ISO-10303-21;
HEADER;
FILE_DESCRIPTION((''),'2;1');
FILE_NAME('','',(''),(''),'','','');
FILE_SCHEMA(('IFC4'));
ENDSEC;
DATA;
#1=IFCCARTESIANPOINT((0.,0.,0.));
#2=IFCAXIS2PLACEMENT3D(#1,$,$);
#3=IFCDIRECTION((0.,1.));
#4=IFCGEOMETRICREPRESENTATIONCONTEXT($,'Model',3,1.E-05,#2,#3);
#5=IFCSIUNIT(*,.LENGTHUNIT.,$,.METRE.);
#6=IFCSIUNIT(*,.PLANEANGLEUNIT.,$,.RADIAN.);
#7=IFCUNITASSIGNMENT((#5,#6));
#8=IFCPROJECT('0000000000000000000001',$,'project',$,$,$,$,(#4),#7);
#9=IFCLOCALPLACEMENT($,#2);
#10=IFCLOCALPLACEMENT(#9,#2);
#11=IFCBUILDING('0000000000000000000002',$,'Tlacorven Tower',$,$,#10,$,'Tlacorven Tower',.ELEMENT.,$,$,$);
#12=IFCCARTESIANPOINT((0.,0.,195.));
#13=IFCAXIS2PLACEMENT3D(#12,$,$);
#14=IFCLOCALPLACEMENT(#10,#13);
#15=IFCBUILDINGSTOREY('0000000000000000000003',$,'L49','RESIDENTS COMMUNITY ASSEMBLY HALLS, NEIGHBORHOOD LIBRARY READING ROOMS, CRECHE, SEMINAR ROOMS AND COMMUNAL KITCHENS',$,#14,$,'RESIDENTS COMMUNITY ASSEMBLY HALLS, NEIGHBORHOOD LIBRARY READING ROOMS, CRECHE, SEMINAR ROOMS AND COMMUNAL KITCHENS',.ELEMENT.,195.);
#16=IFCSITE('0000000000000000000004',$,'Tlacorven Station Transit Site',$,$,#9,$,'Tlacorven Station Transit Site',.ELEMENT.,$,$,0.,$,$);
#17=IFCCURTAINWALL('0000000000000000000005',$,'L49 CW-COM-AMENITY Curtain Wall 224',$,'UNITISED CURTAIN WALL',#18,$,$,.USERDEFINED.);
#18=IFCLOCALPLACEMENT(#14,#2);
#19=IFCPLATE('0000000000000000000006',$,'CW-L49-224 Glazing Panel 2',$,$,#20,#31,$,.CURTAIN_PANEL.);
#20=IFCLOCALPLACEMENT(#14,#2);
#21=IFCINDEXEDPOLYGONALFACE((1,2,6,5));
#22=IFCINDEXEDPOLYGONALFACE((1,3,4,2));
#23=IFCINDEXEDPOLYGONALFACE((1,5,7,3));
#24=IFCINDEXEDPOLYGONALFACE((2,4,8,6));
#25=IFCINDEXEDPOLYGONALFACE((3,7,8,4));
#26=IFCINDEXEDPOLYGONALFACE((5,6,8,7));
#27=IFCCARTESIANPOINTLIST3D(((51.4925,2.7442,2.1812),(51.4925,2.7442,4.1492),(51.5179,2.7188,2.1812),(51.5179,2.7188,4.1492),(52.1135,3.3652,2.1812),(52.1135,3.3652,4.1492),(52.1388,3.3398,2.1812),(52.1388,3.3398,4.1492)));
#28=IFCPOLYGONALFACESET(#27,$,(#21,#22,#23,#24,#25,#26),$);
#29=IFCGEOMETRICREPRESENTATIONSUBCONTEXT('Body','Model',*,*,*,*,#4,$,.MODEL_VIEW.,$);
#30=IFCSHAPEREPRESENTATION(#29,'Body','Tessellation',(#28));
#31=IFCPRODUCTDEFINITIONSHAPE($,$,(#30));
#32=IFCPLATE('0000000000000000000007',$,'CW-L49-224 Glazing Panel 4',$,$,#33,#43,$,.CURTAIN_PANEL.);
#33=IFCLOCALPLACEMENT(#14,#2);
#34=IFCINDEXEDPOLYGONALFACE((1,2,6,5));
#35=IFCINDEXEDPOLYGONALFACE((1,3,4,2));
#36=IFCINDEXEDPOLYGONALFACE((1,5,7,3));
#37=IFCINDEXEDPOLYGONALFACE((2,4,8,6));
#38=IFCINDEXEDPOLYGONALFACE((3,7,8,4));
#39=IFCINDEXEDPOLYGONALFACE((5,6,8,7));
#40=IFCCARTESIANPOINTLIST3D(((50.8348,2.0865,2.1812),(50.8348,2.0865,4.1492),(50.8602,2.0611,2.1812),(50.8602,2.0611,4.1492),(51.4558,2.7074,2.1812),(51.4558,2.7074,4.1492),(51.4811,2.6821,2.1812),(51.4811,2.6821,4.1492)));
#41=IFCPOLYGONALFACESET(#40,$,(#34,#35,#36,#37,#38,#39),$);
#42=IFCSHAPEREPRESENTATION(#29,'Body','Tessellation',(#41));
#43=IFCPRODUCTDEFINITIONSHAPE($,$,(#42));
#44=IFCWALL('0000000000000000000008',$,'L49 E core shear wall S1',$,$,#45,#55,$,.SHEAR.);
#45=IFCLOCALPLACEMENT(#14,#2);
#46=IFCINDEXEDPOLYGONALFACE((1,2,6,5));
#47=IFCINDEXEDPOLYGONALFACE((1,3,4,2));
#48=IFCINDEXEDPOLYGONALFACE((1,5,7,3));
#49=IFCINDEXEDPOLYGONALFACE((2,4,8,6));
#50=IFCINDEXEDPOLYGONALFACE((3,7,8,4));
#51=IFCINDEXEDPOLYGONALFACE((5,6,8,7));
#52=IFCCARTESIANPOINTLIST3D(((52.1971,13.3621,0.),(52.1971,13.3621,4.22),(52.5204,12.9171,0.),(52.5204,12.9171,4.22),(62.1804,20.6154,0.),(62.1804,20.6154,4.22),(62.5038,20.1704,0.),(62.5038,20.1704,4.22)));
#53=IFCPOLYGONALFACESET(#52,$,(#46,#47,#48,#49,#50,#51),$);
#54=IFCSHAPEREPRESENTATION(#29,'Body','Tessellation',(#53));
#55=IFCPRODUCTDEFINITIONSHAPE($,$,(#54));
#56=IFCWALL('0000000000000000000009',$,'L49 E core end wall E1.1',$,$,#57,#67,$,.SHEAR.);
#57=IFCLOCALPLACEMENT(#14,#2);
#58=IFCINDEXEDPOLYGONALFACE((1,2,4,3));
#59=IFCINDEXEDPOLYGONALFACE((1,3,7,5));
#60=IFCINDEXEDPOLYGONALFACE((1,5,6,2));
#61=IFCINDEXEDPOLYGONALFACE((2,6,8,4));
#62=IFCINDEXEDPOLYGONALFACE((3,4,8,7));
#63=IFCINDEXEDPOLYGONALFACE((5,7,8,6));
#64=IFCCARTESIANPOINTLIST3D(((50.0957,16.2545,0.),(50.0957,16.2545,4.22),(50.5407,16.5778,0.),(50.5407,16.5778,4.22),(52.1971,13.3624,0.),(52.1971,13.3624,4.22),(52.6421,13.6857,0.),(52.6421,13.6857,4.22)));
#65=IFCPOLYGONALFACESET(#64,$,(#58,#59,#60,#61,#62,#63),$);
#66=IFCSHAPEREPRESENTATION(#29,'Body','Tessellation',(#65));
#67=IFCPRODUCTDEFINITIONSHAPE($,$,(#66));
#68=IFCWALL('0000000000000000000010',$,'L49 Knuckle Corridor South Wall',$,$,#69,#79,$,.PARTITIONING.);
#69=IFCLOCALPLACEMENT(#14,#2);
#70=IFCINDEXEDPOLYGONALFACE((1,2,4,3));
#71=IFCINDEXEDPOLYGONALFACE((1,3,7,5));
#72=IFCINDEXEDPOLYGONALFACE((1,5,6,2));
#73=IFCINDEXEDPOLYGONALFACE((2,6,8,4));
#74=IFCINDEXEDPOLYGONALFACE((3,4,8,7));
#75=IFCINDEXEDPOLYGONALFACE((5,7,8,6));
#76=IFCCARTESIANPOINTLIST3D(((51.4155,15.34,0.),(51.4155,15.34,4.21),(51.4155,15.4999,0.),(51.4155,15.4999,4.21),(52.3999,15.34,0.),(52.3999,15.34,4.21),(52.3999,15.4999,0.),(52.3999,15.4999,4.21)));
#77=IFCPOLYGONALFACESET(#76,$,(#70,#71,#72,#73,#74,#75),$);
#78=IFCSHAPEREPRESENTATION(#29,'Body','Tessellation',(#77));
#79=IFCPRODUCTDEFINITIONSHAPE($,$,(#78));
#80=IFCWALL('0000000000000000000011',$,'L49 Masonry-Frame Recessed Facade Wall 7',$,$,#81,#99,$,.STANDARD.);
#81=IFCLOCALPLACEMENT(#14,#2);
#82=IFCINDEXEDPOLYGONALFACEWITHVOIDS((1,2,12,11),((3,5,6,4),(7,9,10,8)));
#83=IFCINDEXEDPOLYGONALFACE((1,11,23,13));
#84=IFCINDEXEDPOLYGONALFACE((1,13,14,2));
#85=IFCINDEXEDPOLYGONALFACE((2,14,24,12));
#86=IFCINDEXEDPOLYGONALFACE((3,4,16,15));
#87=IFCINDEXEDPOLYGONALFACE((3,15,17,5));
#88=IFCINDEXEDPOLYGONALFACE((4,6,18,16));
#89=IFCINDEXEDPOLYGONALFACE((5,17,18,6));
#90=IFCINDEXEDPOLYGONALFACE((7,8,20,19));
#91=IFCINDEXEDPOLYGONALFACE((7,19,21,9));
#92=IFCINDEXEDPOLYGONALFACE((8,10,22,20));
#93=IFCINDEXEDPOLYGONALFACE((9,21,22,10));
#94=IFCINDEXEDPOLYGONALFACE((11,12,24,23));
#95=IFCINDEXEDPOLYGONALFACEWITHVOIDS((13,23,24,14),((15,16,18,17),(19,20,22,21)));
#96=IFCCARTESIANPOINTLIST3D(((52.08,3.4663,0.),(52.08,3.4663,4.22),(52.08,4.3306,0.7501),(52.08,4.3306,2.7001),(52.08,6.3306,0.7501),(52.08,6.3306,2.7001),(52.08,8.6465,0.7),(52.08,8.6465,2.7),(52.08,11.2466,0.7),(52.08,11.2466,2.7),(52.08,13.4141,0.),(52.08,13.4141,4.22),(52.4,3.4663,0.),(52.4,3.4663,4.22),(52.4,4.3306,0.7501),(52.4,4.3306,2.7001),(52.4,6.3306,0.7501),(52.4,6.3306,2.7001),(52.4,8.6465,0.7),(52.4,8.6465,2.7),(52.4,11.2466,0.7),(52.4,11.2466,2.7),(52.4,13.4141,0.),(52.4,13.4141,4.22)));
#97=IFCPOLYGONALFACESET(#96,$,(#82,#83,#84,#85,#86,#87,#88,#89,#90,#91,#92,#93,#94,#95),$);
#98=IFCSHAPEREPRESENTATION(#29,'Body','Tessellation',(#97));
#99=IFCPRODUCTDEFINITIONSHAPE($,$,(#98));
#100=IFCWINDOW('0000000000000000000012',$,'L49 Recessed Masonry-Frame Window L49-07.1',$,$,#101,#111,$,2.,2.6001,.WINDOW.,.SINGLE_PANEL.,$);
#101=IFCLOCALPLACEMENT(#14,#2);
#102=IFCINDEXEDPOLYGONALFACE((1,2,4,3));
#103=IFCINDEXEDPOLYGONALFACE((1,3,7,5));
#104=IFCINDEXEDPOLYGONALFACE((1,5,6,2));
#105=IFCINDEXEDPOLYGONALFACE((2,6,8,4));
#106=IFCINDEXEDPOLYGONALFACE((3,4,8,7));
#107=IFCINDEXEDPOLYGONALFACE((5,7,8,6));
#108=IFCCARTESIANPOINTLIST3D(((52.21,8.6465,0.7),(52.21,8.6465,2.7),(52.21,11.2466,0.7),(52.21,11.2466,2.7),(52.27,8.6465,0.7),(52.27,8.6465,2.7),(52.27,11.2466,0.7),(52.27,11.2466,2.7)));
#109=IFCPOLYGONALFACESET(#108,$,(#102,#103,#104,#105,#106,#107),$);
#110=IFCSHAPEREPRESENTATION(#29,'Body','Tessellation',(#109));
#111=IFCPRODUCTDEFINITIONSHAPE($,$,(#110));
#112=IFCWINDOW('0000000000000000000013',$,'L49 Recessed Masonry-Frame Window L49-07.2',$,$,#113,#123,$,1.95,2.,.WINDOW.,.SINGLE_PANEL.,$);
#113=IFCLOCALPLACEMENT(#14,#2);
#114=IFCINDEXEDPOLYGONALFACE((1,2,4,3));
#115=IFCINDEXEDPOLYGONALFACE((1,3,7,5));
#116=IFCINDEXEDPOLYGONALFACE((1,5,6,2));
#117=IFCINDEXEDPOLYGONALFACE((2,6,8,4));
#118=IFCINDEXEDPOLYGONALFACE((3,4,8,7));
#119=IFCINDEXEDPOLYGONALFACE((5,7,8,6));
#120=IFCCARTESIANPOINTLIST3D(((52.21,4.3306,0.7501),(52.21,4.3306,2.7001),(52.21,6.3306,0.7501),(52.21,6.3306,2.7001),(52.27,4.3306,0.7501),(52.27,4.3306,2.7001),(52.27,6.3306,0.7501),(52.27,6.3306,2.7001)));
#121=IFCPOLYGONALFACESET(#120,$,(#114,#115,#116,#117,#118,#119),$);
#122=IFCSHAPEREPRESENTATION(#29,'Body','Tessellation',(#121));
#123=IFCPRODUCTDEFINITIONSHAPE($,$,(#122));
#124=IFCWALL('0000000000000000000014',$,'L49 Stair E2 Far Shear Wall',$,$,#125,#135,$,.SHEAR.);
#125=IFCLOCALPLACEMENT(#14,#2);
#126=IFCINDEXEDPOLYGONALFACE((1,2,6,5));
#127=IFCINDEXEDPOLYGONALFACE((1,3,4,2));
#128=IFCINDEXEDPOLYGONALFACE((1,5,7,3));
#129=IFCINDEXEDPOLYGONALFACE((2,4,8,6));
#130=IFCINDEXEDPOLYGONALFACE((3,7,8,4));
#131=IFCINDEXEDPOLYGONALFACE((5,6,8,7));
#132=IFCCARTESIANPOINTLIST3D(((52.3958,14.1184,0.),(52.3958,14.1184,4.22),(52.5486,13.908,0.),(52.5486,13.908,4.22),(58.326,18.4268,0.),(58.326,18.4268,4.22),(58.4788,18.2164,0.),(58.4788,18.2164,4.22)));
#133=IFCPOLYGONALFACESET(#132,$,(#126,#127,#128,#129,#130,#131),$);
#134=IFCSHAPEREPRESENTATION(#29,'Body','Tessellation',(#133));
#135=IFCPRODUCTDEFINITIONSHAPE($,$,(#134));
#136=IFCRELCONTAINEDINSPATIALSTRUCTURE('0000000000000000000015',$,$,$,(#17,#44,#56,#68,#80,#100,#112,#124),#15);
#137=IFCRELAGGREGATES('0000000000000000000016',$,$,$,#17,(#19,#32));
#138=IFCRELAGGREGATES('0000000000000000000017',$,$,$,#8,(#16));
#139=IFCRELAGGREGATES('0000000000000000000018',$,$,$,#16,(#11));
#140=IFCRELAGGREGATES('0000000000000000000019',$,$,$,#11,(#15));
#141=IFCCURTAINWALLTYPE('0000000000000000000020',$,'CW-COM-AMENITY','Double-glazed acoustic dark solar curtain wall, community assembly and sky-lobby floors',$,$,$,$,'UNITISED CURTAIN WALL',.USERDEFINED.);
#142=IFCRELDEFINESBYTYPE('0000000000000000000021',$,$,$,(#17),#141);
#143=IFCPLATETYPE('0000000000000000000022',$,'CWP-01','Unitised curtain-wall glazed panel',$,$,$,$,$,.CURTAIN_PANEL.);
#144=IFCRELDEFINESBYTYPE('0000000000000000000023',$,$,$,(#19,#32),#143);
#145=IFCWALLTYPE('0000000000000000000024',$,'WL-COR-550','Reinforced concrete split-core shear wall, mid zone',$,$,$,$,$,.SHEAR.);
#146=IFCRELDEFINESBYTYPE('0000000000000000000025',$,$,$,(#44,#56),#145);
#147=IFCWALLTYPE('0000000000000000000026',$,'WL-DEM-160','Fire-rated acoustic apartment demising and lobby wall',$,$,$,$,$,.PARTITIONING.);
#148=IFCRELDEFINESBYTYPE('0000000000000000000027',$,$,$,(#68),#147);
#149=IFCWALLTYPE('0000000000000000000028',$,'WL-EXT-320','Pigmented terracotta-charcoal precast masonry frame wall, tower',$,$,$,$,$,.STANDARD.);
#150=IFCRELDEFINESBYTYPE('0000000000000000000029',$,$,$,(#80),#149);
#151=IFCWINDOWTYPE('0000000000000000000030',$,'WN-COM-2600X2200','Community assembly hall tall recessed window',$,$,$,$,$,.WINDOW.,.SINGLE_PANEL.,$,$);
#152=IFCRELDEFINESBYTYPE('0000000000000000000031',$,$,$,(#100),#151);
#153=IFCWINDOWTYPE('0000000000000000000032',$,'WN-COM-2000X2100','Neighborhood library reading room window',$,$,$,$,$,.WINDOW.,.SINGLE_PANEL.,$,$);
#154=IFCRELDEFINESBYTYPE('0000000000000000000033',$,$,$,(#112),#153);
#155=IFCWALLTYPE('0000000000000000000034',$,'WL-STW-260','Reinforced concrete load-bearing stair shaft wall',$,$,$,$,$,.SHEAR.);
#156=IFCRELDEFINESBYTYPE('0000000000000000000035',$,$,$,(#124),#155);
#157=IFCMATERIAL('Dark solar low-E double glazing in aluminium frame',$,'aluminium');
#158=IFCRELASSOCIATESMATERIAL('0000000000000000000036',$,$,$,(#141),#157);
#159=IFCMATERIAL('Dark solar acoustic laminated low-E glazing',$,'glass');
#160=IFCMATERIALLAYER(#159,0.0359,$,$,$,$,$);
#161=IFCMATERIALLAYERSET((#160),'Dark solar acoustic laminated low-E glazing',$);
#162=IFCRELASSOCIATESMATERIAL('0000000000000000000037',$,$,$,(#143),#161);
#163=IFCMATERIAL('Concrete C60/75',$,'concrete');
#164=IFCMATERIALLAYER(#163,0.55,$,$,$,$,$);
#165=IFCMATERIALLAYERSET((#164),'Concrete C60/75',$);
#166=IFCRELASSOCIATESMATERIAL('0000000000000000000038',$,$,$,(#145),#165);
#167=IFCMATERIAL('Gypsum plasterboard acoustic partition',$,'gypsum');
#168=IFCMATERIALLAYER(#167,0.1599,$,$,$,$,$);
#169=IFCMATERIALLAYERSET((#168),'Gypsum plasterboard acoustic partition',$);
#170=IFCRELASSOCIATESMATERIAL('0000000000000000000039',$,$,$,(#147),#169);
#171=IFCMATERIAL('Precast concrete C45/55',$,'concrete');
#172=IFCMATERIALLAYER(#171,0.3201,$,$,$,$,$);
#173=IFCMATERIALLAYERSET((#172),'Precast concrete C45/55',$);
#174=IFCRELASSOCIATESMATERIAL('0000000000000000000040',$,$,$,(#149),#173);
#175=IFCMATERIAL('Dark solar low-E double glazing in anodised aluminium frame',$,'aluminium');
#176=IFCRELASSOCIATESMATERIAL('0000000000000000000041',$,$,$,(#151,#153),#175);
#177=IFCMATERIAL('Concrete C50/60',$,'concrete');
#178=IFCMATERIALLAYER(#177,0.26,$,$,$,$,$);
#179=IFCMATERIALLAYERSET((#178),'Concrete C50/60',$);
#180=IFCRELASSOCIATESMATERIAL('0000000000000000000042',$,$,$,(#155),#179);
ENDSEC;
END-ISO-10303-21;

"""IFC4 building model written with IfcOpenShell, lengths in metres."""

from ifc_helpers import new_model, si_unit, direction, frame, frame_2d, origin, origin_2d, place, context, subcontext, project, spatial, rectangle, extrude, source, transform, mapped, material, layer, layer_set, type_object, element, fill, aggregate, save


model = new_model("IFC4")

# Units and contexts
model_context = context("Model", 3, precision=1e-05, world=origin(), true_north=direction((0.0, 1.0)))
body_context = subcontext(model_context, "Body", "Model", "MODEL_VIEW")
ifc_project = project(units=[si_unit("LENGTHUNIT", "METRE"), si_unit("PLANEANGLEUNIT", "RADIAN")], contexts=[model_context])

# Site, building, storey
site_placement = place(None, origin())
site = spatial("IfcSite", under=ifc_project, at=site_placement, Name="Tlacorven Station Transit Site", LongName="Tlacorven Station Transit Site", CompositionType="ELEMENT", RefElevation=0.0)
building_placement = place(site_placement, origin())
building = spatial("IfcBuilding", under=site, at=building_placement, Name="Tlacorven Tower", LongName="Tlacorven Tower", CompositionType="ELEMENT")
storey_placement = place(building_placement, frame((0.0, 0.0, 195.0)))
storey = spatial("IfcBuildingStorey", under=building, at=storey_placement, Name="L49", Description="RESIDENTS COMMUNITY ASSEMBLY HALLS, NEIGHBORHOOD LIBRARY READING ROOMS, CRECHE, SEMINAR ROOMS AND COMMUNAL KITCHENS", LongName="RESIDENTS COMMUNITY ASSEMBLY HALLS, NEIGHBORHOOD LIBRARY READING ROOMS, CRECHE, SEMINAR ROOMS AND COMMUNAL KITCHENS", CompositionType="ELEMENT", Elevation=195.0)

# Curtain wall, plates
ifc_material_1 = material(Name="Dark solar low-E double glazing in aluminium frame", Category="aluminium")
curtain_wall_type = type_object("IfcCurtainWallType", Name="CW-COM-AMENITY", Description="Double-glazed acoustic dark solar curtain wall, community assembly and sky-lobby floors", ElementType="UNITISED CURTAIN WALL", PredefinedType="USERDEFINED", material=ifc_material_1)
curtain_wall_placement = place(storey_placement, origin())
curtain_wall = element("IfcCurtainWall", 1, at=curtain_wall_placement, inside=storey, type_object=curtain_wall_type, Name="L49 CW-COM-AMENITY Curtain Wall 224", ObjectType="UNITISED CURTAIN WALL", PredefinedType="USERDEFINED")
ifc_material_2 = material(Name="Dark solar acoustic laminated low-E glazing", Category="glass")
ifc_layer_1 = layer(ifc_material_2, 0.0359)
ifc_layer_set_1 = layer_set([ifc_layer_1], Name="Dark solar acoustic laminated low-E glazing")
plate_type = type_object("IfcPlateType", Name="CWP-01", Description="Unitised curtain-wall glazed panel", PredefinedType="CURTAIN_PANEL", material=ifc_layer_set_1)
shared_shape_1 = source(origin(), body_context, "Body", "SweptSolid", [
    extrude(rectangle(XDim=0.8782, YDim=0.0359, at=origin_2d()), origin(), (0.0, 0.0, 1.0), 1.968),
])
plate_1_placement = place(storey_placement, frame((51.8157, 3.042, 2.1812), z_axis=(0.0, 0.0, 1.0), x_axis=(-0.707107, -0.707107, 0.0)))
plate_1 = element("IfcPlate", 2, at=plate_1_placement, type_object=plate_type, Name="CW-L49-224 Glazing Panel 2", PredefinedType="CURTAIN_PANEL", context=body_context, shape_type="MappedRepresentation", body=[
    mapped(shared_shape_1, transform((0.0, 0.0, 0.0), scale=1.0)),
])
plate_2_placement = place(storey_placement, frame((51.158, 2.3843, 2.1812), z_axis=(0.0, 0.0, 1.0), x_axis=(-0.707107, -0.707107, 0.0)))
plate_2 = element("IfcPlate", 3, at=plate_2_placement, type_object=plate_type, Name="CW-L49-224 Glazing Panel 4", PredefinedType="CURTAIN_PANEL", context=body_context, shape_type="MappedRepresentation", body=[
    mapped(shared_shape_1, transform((0.0, 0.0, 0.0), scale=1.0)),
])
aggregate(curtain_wall, [plate_1, plate_2])

# Walls
ifc_material_3 = material(Name="Concrete C60/75", Category="concrete")
ifc_layer_2 = layer(ifc_material_3, 0.55)
ifc_layer_set_2 = layer_set([ifc_layer_2], Name="Concrete C60/75")
wall_type_1 = type_object("IfcWallType", Name="WL-COR-550", Description="Reinforced concrete split-core shear wall, mid zone", PredefinedType="SHEAR", material=ifc_layer_set_2)
wall_1_placement = place(storey_placement, frame((52.3589, 13.1396, 0.0), z_axis=(0.0, 0.0, 1.0), x_axis=(0.809015, 0.587788, 0.0)))
element("IfcWall", 4, at=wall_1_placement, inside=storey, type_object=wall_type_1, Name="L49 E core shear wall S1", PredefinedType="SHEAR", context=body_context, shape_type="SweptSolid", body=[
    extrude(rectangle(XDim=12.3401, YDim=0.55, at=frame_2d((6.1699, 0.0))), origin(), (0.0, 0.0, 1.0), 4.22),
])
wall_2_placement = place(storey_placement, frame((52.4197, 13.5239, 0.0), z_axis=(0.0, 0.0, 1.0), x_axis=(-0.587802, 0.809005, 0.0)))
element("IfcWall", 5, at=wall_2_placement, inside=storey, type_object=wall_type_1, Name="L49 E core end wall E1.1", PredefinedType="SHEAR", context=body_context, shape_type="SweptSolid", body=[
    extrude(rectangle(XDim=3.575, YDim=0.55, at=frame_2d((1.7876, 0.0))), origin(), (0.0, 0.0, 1.0), 4.22),
])
ifc_material_4 = material(Name="Gypsum plasterboard acoustic partition", Category="gypsum")
ifc_layer_3 = layer(ifc_material_4, 0.1599)
ifc_layer_set_3 = layer_set([ifc_layer_3], Name="Gypsum plasterboard acoustic partition")
wall_type_2 = type_object("IfcWallType", Name="WL-DEM-160", Description="Fire-rated acoustic apartment demising and lobby wall", PredefinedType="PARTITIONING", material=ifc_layer_set_3)
wall_3_placement = place(storey_placement, frame((51.4155, 15.4199, 0.0), z_axis=(0.0, 0.0, 1.0), x_axis=(1.0, 0.0, 0.0)))
element("IfcWall", 6, at=wall_3_placement, inside=storey, type_object=wall_type_2, Name="L49 Knuckle Corridor South Wall", PredefinedType="PARTITIONING", context=body_context, shape_type="SweptSolid", body=[
    extrude(rectangle(XDim=0.9844, YDim=0.1599, at=frame_2d((0.4922, 0.0))), origin(), (0.0, 0.0, 1.0), 4.21),
])

# Wall, openings, windows
ifc_material_5 = material(Name="Precast concrete C45/55", Category="concrete")
ifc_layer_4 = layer(ifc_material_5, 0.3201)
ifc_layer_set_4 = layer_set([ifc_layer_4], Name="Precast concrete C45/55")
wall_type_3 = type_object("IfcWallType", Name="WL-EXT-320", Description="Pigmented terracotta-charcoal precast masonry frame wall, tower", PredefinedType="STANDARD", material=ifc_layer_set_4)
wall_4_placement = place(storey_placement, frame((52.24, 13.4141, 0.0), z_axis=(0.0, 0.0, 1.0), x_axis=(0.0, -1.0, 0.0)))
wall_4 = element("IfcWall", 7, at=wall_4_placement, inside=storey, type_object=wall_type_3, Name="L49 Masonry-Frame Recessed Facade Wall 7", PredefinedType="STANDARD", context=body_context, shape_type="SweptSolid", body=[
    extrude(rectangle(XDim=9.9478, YDim=0.3201, at=frame_2d((4.9739, 0.0))), origin(), (0.0, 0.0, 1.0), 4.22),
])
opening_1_placement = place(wall_4_placement, frame((2.1675, 0.0, 0.7)))
opening_1 = element("IfcOpeningElement", 8, at=opening_1_placement, cuts=wall_4, PredefinedType="OPENING", context=body_context, shape_type="SweptSolid", body=[
    extrude(rectangle(XDim=2.6001, YDim=2.0, at=frame_2d((1.3, 1.0))), frame((0.0, 0.1699, 0.0), z_axis=(0.0, -1.0, 0.0), x_axis=(1.0, 0.0, 0.0)), (0.0, 0.0, 1.0), 0.3401),
])
opening_2_placement = place(wall_4_placement, frame((7.0835, 0.0, 0.75)))
opening_2 = element("IfcOpeningElement", 9, at=opening_2_placement, cuts=wall_4, PredefinedType="OPENING", context=body_context, shape_type="SweptSolid", body=[
    extrude(rectangle(XDim=2.0, YDim=1.95, at=frame_2d((1.0, 0.9751))), frame((0.0, 0.1699, 0.0), z_axis=(0.0, -1.0, 0.0), x_axis=(1.0, 0.0, 0.0)), (0.0, 0.0, 1.0), 0.3401),
])
ifc_material_6 = material(Name="Dark solar low-E double glazing in anodised aluminium frame", Category="aluminium")
window_type_1 = type_object("IfcWindowType", Name="WN-COM-2600X2200", Description="Community assembly hall tall recessed window", PartitioningType="SINGLE_PANEL", PredefinedType="WINDOW", material=ifc_material_6)
shared_shape_2 = source(origin(), body_context, "Body", "SweptSolid", [
    extrude(rectangle(XDim=2.6001, YDim=2.0, at=frame_2d((1.3, 1.0))), frame((0.0, 0.03, 0.0), z_axis=(0.0, -1.0, 0.0), x_axis=(1.0, 0.0, 0.0)), (0.0, 0.0, 1.0), 0.0601),
])
window_1_placement = place(opening_1_placement, origin())
window_1 = element("IfcWindow", 10, at=window_1_placement, inside=storey, type_object=window_type_1, Name="L49 Recessed Masonry-Frame Window L49-07.1", OverallHeight=2.0, OverallWidth=2.6001, PartitioningType="SINGLE_PANEL", PredefinedType="WINDOW", context=body_context, shape_type="MappedRepresentation", body=[
    mapped(shared_shape_2, transform((0.0, 0.0, 0.0), scale=1.0)),
])
fill(opening_1, window_1)
window_type_2 = type_object("IfcWindowType", Name="WN-COM-2000X2100", Description="Neighborhood library reading room window", PartitioningType="SINGLE_PANEL", PredefinedType="WINDOW", material=ifc_material_6)
shared_shape_3 = source(origin(), body_context, "Body", "SweptSolid", [
    extrude(rectangle(XDim=2.0, YDim=1.95, at=frame_2d((1.0, 0.9751))), frame((0.0, 0.03, 0.0), z_axis=(0.0, -1.0, 0.0), x_axis=(1.0, 0.0, 0.0)), (0.0, 0.0, 1.0), 0.0601),
])
window_2_placement = place(opening_2_placement, origin())
window_2 = element("IfcWindow", 11, at=window_2_placement, inside=storey, type_object=window_type_2, Name="L49 Recessed Masonry-Frame Window L49-07.2", OverallHeight=1.95, OverallWidth=2.0, PartitioningType="SINGLE_PANEL", PredefinedType="WINDOW", context=body_context, shape_type="MappedRepresentation", body=[
    mapped(shared_shape_3, transform((0.0, 0.0, 0.0), scale=1.0)),
])
fill(opening_2, window_2)

# Wall
ifc_material_7 = material(Name="Concrete C50/60", Category="concrete")
ifc_layer_5 = layer(ifc_material_7, 0.26)
ifc_layer_set_5 = layer_set([ifc_layer_5], Name="Concrete C50/60")
wall_type_4 = type_object("IfcWallType", Name="WL-STW-260", Description="Reinforced concrete load-bearing stair shaft wall", PredefinedType="SHEAR", material=ifc_layer_set_5)
wall_5_placement = place(storey_placement, frame((52.4722, 14.0132, 0.0), z_axis=(0.0, 0.0, 1.0), x_axis=(0.809028, 0.58777, 0.0)))
element("IfcWall", 12, at=wall_5_placement, inside=storey, type_object=wall_type_4, Name="L49 Stair E2 Far Shear Wall", PredefinedType="SHEAR", context=body_context, shape_type="SweptSolid", body=[
    extrude(rectangle(XDim=7.3301, YDim=0.26, at=frame_2d((3.665, 0.0))), origin(), (0.0, 0.0, 1.0), 4.22),
])

save(model, "model.ifc")
